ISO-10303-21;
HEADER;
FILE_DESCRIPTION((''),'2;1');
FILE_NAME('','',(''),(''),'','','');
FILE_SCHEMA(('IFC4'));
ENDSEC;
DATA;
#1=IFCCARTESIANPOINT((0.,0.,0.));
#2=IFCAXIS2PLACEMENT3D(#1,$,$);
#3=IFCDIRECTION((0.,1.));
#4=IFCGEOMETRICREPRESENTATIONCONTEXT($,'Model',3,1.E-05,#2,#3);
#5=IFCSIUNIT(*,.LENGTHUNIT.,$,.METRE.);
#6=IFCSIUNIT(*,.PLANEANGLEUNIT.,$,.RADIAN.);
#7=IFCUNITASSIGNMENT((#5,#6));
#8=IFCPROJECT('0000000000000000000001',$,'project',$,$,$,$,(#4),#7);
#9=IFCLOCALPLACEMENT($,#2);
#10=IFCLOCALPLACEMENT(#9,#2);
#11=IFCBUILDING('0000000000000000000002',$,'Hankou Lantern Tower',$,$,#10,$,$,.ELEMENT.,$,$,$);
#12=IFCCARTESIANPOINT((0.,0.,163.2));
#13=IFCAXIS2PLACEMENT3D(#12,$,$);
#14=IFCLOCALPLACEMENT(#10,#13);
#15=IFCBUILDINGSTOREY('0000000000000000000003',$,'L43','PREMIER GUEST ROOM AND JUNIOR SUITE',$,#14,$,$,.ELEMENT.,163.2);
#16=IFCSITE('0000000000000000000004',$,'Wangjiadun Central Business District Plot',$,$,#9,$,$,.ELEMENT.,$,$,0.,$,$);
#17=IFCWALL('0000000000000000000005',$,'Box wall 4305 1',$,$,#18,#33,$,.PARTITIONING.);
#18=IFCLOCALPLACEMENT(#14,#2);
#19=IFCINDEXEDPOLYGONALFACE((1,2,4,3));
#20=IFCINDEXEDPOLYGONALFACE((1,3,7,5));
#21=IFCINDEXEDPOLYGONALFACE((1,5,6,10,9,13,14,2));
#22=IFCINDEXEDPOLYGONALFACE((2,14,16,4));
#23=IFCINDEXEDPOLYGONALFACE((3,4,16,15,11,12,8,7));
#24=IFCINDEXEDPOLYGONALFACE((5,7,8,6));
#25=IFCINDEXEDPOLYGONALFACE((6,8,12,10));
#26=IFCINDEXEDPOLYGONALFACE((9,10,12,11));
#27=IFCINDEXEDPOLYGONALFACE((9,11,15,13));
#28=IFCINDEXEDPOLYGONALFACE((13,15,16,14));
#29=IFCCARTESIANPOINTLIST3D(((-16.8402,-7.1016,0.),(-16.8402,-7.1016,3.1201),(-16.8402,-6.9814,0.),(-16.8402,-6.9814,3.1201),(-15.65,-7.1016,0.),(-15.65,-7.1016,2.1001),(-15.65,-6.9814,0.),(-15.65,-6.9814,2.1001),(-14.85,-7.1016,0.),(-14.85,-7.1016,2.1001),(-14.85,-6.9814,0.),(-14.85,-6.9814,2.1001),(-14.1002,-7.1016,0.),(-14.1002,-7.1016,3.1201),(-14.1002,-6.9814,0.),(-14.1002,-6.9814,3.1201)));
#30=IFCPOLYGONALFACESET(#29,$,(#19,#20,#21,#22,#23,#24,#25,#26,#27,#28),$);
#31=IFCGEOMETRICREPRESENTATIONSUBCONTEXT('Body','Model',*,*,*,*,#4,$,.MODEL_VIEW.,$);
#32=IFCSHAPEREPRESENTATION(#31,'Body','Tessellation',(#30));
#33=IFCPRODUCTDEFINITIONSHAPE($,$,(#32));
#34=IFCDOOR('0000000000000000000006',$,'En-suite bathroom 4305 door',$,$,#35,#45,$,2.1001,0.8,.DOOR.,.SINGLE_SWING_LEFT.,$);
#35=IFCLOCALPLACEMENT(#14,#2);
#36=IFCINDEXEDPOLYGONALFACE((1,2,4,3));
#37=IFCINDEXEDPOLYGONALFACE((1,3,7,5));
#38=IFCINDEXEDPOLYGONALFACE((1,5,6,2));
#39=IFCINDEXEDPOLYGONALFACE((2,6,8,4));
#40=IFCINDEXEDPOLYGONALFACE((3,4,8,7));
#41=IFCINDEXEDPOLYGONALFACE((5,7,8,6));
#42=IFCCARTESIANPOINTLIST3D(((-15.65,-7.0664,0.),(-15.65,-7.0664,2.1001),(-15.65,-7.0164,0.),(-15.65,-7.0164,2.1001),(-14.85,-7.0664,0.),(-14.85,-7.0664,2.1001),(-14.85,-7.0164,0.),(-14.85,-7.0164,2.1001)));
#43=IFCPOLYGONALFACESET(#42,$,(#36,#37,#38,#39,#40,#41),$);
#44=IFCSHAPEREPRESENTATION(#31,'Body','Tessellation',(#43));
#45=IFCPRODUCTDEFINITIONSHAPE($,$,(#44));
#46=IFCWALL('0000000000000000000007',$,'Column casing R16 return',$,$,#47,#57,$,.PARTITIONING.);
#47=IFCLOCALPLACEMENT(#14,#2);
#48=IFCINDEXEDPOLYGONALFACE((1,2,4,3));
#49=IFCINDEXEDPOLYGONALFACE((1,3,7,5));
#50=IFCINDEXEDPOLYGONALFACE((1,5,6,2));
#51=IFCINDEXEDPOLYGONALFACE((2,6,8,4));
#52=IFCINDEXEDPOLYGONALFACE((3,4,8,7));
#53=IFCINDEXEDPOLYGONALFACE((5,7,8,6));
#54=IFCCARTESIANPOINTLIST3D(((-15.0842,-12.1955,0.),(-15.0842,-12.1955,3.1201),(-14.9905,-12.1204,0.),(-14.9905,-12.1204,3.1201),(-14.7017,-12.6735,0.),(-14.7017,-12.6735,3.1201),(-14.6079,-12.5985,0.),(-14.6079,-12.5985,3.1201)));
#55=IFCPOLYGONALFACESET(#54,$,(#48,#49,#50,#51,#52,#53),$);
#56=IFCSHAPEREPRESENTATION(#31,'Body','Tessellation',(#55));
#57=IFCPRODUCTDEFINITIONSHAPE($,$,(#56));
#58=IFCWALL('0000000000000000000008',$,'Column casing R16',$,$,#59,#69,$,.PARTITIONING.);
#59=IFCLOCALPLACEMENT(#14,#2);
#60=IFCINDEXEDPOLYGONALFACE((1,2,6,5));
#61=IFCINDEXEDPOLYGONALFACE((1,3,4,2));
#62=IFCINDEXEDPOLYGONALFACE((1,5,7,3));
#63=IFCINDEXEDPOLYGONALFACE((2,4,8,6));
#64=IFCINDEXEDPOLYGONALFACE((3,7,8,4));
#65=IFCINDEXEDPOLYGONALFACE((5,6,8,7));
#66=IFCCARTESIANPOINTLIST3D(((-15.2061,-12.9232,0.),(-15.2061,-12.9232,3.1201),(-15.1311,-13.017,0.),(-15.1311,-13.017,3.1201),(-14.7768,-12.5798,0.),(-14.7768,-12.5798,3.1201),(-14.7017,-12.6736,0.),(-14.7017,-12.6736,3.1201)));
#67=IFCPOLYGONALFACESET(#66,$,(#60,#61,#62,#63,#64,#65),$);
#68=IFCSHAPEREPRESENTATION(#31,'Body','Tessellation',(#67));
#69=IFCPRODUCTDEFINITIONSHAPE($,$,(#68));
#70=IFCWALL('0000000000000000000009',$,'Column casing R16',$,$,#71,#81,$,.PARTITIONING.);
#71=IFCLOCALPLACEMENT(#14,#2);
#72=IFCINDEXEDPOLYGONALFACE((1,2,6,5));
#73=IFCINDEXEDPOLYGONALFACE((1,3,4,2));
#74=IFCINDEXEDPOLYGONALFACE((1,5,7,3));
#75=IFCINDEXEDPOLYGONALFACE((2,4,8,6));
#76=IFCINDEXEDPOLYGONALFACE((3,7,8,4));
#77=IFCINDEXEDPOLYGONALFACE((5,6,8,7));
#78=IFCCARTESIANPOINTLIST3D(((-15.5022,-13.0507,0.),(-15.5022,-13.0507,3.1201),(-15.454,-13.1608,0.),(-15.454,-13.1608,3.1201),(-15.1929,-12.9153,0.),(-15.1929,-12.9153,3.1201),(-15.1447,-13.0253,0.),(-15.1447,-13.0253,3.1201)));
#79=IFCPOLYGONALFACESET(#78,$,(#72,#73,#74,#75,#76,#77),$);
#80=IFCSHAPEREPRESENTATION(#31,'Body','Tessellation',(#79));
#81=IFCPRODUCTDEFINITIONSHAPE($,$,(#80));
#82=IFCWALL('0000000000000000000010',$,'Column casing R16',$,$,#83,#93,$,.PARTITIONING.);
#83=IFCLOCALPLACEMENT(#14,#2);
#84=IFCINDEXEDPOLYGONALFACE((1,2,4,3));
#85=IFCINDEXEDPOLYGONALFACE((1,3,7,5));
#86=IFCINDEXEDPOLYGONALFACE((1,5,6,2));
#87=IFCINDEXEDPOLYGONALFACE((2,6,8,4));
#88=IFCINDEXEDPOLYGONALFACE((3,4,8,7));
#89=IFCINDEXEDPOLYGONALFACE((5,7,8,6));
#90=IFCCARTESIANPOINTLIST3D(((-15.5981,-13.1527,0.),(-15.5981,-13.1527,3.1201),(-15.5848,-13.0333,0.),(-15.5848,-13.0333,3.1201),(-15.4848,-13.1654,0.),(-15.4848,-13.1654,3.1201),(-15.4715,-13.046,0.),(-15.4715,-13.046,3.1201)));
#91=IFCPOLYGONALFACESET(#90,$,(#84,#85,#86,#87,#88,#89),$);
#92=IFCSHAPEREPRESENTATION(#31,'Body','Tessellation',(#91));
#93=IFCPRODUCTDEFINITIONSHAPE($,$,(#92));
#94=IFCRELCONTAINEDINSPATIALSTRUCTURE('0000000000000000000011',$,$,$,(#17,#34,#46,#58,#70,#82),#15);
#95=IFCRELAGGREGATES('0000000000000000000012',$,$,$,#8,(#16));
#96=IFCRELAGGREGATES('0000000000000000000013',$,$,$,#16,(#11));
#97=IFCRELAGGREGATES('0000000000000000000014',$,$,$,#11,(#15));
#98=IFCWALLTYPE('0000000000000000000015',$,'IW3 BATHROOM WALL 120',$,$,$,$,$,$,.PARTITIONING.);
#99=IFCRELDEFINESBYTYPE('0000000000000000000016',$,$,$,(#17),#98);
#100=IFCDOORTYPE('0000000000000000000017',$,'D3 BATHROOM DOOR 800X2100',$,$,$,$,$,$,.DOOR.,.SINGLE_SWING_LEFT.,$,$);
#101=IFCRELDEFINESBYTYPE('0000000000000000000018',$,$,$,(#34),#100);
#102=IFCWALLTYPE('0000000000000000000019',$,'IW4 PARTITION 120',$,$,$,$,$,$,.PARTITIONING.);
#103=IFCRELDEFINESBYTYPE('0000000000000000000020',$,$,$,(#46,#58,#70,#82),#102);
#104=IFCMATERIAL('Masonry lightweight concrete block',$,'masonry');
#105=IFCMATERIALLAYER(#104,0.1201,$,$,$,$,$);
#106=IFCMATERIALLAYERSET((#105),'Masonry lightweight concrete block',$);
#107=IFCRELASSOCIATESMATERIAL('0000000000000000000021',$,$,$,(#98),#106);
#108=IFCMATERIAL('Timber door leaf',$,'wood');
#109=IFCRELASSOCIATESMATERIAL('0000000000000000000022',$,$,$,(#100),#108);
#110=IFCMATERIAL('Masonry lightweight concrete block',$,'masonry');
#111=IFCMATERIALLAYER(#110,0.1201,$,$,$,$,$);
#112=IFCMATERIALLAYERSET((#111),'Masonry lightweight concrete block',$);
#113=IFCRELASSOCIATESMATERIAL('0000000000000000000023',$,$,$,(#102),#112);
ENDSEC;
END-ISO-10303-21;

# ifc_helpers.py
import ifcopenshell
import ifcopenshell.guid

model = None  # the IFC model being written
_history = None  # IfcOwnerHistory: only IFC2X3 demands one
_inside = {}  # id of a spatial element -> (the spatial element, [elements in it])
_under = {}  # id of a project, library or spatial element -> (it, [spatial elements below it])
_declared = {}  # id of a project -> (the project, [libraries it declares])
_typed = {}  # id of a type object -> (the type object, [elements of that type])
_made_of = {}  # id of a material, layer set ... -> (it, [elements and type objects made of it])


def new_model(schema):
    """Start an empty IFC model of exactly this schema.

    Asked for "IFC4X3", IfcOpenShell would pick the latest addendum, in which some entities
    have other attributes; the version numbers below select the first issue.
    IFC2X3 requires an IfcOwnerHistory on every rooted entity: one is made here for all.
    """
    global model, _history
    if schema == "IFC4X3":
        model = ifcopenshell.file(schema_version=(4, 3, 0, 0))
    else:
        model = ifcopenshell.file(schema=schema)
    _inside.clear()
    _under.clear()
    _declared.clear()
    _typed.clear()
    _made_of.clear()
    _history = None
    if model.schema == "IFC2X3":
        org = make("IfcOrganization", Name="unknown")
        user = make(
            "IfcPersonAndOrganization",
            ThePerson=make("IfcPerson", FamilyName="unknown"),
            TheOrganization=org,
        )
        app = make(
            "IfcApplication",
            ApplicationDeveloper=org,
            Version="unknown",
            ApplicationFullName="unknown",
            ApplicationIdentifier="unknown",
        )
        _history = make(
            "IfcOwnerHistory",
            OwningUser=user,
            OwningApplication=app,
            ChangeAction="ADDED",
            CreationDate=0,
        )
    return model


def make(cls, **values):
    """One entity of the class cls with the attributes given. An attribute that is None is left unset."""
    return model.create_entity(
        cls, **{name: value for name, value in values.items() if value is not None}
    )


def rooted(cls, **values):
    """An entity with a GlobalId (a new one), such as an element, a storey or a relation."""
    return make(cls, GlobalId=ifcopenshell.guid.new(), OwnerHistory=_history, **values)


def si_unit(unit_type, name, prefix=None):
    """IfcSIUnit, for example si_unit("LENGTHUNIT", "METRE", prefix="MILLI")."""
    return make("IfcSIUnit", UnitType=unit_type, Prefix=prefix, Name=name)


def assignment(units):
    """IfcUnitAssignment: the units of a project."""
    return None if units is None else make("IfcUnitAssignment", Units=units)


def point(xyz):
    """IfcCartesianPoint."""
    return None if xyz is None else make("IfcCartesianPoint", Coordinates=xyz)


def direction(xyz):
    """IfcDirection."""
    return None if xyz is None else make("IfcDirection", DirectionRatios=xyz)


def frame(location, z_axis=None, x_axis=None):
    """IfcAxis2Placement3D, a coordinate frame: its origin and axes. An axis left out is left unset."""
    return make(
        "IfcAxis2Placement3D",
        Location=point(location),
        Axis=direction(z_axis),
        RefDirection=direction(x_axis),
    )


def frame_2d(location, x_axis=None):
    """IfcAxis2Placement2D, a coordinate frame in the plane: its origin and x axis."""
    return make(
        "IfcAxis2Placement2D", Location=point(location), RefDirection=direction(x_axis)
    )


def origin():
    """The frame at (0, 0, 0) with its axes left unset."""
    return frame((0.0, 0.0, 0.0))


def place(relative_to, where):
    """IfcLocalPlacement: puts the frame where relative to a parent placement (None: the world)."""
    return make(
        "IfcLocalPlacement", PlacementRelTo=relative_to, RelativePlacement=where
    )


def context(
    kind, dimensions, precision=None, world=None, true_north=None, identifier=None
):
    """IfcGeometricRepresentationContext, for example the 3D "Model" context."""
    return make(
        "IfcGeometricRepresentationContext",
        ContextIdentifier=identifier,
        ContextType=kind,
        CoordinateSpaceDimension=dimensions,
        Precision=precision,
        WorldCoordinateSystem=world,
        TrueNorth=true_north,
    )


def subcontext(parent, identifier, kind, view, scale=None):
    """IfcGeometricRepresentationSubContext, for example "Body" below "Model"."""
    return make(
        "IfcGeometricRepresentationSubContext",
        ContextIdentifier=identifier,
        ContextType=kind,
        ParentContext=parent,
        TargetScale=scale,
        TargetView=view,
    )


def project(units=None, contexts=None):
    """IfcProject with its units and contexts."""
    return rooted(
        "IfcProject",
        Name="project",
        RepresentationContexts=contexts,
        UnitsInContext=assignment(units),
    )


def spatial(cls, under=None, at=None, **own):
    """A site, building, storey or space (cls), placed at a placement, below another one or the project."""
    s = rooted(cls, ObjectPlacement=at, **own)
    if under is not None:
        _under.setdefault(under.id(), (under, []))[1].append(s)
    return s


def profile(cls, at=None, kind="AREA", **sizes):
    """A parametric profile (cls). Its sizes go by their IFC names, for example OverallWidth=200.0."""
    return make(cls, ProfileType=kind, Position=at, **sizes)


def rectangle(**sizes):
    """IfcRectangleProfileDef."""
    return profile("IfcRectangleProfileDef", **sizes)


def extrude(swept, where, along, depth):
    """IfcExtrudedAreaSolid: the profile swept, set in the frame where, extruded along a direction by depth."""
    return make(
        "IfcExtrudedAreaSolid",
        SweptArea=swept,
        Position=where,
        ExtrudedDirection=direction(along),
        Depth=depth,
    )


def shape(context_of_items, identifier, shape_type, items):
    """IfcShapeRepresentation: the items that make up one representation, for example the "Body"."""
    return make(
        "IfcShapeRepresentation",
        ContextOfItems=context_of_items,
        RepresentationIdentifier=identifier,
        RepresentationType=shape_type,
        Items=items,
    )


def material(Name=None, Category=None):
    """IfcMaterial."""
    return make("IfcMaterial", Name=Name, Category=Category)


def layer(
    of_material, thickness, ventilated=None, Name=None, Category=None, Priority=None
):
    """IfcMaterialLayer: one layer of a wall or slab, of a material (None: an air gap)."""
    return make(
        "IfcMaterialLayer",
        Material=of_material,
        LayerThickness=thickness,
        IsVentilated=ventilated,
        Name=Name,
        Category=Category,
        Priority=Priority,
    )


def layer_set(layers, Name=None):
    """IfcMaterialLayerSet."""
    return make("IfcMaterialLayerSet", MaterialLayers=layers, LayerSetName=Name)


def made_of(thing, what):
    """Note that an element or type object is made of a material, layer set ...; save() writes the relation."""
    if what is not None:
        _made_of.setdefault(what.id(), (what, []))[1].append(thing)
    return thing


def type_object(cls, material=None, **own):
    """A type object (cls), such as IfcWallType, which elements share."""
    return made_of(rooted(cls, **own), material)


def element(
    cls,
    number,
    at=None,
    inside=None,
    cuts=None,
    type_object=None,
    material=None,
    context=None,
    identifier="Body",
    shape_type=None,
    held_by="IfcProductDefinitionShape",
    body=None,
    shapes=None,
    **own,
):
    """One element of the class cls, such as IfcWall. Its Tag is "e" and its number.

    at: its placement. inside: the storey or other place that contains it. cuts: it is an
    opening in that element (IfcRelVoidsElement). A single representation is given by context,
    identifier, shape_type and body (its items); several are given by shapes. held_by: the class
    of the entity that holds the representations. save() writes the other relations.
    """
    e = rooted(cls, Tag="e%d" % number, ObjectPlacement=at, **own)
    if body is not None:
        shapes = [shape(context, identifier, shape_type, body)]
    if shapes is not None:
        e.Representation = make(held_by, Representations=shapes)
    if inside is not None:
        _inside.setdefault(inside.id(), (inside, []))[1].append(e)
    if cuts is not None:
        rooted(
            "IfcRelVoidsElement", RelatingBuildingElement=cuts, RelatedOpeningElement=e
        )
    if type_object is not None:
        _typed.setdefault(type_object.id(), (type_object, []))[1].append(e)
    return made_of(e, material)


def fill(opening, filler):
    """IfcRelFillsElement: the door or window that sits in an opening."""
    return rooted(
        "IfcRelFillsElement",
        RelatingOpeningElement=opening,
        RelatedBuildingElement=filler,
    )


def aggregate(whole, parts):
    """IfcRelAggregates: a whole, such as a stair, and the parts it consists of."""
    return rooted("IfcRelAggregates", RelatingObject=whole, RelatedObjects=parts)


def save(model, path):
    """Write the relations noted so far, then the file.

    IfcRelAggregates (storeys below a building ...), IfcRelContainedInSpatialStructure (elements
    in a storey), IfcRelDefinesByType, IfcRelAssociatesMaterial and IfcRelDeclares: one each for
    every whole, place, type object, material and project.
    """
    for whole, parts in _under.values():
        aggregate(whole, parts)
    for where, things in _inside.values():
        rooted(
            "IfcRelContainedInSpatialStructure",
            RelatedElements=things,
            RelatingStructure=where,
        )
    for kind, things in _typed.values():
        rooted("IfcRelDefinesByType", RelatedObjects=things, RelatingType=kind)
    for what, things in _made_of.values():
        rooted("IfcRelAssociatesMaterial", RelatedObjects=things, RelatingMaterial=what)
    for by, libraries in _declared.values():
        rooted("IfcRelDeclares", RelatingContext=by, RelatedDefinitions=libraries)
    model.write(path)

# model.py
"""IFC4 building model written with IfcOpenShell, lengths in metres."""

from ifc_helpers import new_model, si_unit, direction, frame, frame_2d, origin, place, context, subcontext, project, spatial, rectangle, extrude, material, layer, layer_set, type_object, element, fill, save


model = new_model("IFC4")

# Units and contexts
model_context = context("Model", 3, precision=1e-05, world=origin(), true_north=direction((0.0, 1.0)))
body_context = subcontext(model_context, "Body", "Model", "MODEL_VIEW")
ifc_project = project(units=[si_unit("LENGTHUNIT", "METRE"), si_unit("PLANEANGLEUNIT", "RADIAN")], contexts=[model_context])

# Site, building, storey
site_placement = place(None, origin())
site = spatial("IfcSite", under=ifc_project, at=site_placement, Name="Wangjiadun Central Business District Plot", CompositionType="ELEMENT", RefElevation=0.0)
building_placement = place(site_placement, origin())
building = spatial("IfcBuilding", under=site, at=building_placement, Name="Hankou Lantern Tower", CompositionType="ELEMENT")
storey_placement = place(building_placement, frame((0.0, 0.0, 163.2)))
storey = spatial("IfcBuildingStorey", under=building, at=storey_placement, Name="L43", Description="PREMIER GUEST ROOM AND JUNIOR SUITE", CompositionType="ELEMENT", Elevation=163.2)

# Shared definitions
ifc_material_1 = material(Name="Masonry lightweight concrete block", Category="masonry")
ifc_layer_1 = layer(ifc_material_1, 0.1201)
ifc_layer_set_1 = layer_set([ifc_layer_1], Name="Masonry lightweight concrete block")
wall_type_1 = type_object("IfcWallType", Name="IW3 BATHROOM WALL 120", PredefinedType="PARTITIONING", material=ifc_layer_set_1)
ifc_material_2 = material(Name="Timber door leaf", Category="wood")
door_type = type_object("IfcDoorType", Name="D3 BATHROOM DOOR 800X2100", OperationType="SINGLE_SWING_LEFT", PredefinedType="DOOR", material=ifc_material_2)

# Wall, opening, door
wall_1_placement = place(storey_placement, frame((-14.1001, -7.0415, 0.0), z_axis=(0.0, 0.0, 1.0), x_axis=(-1.0, 0.0, 0.0)))
wall_1 = element("IfcWall", 1, at=wall_1_placement, inside=storey, type_object=wall_type_1, Name="Box wall 4305 1", PredefinedType="PARTITIONING", context=body_context, shape_type="SweptSolid", body=[
    extrude(rectangle(XDim=2.74, YDim=0.1201, at=frame_2d((1.3701, 0.0))), origin(), (0.0, 0.0, 1.0), 3.1201),
])
opening_1_placement = place(wall_1_placement, frame((0.75, 0.0, 0.0)))
opening_1 = element("IfcOpeningElement", 2, at=opening_1_placement, cuts=wall_1, PredefinedType="OPENING", context=body_context, shape_type="SweptSolid", body=[
    extrude(rectangle(XDim=0.8, YDim=2.1001, at=frame_2d((0.3999, 1.05))), frame((0.0, 0.0701, 0.0), z_axis=(0.0, -1.0, 0.0), x_axis=(1.0, 0.0, 0.0)), (0.0, 0.0, 1.0), 0.1401),
])
door_1_placement = place(opening_1_placement, origin())
door_1 = element("IfcDoor", 3, at=door_1_placement, inside=storey, type_object=door_type, Name="En-suite bathroom 4305 door", OperationType="SINGLE_SWING_LEFT", OverallHeight=2.1001, OverallWidth=0.8, PredefinedType="DOOR", context=body_context, shape_type="SweptSolid", body=[
    extrude(rectangle(XDim=0.8, YDim=2.1001, at=frame_2d((0.3999, 1.05))), frame((0.0, 0.0249, 0.0), z_axis=(0.0, -1.0, 0.0), x_axis=(1.0, 0.0, 0.0)), (0.0, 0.0, 1.0), 0.05),
])
fill(opening_1, door_1)

# Walls
ifc_material_3 = material(Name="Masonry lightweight concrete block", Category="masonry")
ifc_layer_2 = layer(ifc_material_3, 0.1201)
ifc_layer_set_2 = layer_set([ifc_layer_2], Name="Masonry lightweight concrete block")
wall_type_2 = type_object("IfcWallType", Name="IW4 PARTITION 120", PredefinedType="PARTITIONING", material=ifc_layer_set_2)
wall_2_placement = place(storey_placement, frame((-15.0374, -12.158, 0.0), z_axis=(0.0, 0.0, 1.0), x_axis=(0.624841, -0.780752, 0.0)))
element("IfcWall", 4, at=wall_2_placement, inside=storey, type_object=wall_type_2, Name="Column casing R16 return", PredefinedType="PARTITIONING", context=body_context, shape_type="SweptSolid", body=[
    extrude(rectangle(XDim=0.6123, YDim=0.1201, at=frame_2d((0.3062, 0.0))), origin(), (0.0, 0.0, 1.0), 3.1201),
])
wall_3_placement = place(storey_placement, frame((-14.7393, -12.6267, 0.0), z_axis=(0.0, 0.0, 1.0), x_axis=(-0.780912, -0.624641, 0.0)))
element("IfcWall", 5, at=wall_3_placement, inside=storey, type_object=wall_type_2, Name="Column casing R16", PredefinedType="PARTITIONING", context=body_context, shape_type="SweptSolid", body=[
    extrude(rectangle(XDim=0.5498, YDim=0.1201, at=frame_2d((0.2749, 0.0))), origin(), (0.0, 0.0, 1.0), 3.1201),
])
wall_4_placement = place(storey_placement, frame((-15.1687, -12.9702, 0.0), z_axis=(0.0, 0.0, 1.0), x_axis=(-0.915975, -0.401236, 0.0)))
element("IfcWall", 6, at=wall_4_placement, inside=storey, type_object=wall_type_2, Name="Column casing R16", PredefinedType="PARTITIONING", context=body_context, shape_type="SweptSolid", body=[
    extrude(rectangle(XDim=0.3376, YDim=0.1201, at=frame_2d((0.1689, 0.0))), origin(), (0.0, 0.0, 1.0), 3.1201),
])
wall_5_placement = place(storey_placement, frame((-15.478, -13.1057, 0.0), z_axis=(0.0, 0.0, 1.0), x_axis=(-0.993779, 0.111372, 0.0)))
element("IfcWall", 7, at=wall_5_placement, inside=storey, type_object=wall_type_2, Name="Column casing R16", PredefinedType="PARTITIONING", context=body_context, shape_type="SweptSolid", body=[
    extrude(rectangle(XDim=0.114, YDim=0.1201, at=frame_2d((0.0571, 0.0))), origin(), (0.0, 0.0, 1.0), 3.1201),
])

save(model, "model.ifc")
